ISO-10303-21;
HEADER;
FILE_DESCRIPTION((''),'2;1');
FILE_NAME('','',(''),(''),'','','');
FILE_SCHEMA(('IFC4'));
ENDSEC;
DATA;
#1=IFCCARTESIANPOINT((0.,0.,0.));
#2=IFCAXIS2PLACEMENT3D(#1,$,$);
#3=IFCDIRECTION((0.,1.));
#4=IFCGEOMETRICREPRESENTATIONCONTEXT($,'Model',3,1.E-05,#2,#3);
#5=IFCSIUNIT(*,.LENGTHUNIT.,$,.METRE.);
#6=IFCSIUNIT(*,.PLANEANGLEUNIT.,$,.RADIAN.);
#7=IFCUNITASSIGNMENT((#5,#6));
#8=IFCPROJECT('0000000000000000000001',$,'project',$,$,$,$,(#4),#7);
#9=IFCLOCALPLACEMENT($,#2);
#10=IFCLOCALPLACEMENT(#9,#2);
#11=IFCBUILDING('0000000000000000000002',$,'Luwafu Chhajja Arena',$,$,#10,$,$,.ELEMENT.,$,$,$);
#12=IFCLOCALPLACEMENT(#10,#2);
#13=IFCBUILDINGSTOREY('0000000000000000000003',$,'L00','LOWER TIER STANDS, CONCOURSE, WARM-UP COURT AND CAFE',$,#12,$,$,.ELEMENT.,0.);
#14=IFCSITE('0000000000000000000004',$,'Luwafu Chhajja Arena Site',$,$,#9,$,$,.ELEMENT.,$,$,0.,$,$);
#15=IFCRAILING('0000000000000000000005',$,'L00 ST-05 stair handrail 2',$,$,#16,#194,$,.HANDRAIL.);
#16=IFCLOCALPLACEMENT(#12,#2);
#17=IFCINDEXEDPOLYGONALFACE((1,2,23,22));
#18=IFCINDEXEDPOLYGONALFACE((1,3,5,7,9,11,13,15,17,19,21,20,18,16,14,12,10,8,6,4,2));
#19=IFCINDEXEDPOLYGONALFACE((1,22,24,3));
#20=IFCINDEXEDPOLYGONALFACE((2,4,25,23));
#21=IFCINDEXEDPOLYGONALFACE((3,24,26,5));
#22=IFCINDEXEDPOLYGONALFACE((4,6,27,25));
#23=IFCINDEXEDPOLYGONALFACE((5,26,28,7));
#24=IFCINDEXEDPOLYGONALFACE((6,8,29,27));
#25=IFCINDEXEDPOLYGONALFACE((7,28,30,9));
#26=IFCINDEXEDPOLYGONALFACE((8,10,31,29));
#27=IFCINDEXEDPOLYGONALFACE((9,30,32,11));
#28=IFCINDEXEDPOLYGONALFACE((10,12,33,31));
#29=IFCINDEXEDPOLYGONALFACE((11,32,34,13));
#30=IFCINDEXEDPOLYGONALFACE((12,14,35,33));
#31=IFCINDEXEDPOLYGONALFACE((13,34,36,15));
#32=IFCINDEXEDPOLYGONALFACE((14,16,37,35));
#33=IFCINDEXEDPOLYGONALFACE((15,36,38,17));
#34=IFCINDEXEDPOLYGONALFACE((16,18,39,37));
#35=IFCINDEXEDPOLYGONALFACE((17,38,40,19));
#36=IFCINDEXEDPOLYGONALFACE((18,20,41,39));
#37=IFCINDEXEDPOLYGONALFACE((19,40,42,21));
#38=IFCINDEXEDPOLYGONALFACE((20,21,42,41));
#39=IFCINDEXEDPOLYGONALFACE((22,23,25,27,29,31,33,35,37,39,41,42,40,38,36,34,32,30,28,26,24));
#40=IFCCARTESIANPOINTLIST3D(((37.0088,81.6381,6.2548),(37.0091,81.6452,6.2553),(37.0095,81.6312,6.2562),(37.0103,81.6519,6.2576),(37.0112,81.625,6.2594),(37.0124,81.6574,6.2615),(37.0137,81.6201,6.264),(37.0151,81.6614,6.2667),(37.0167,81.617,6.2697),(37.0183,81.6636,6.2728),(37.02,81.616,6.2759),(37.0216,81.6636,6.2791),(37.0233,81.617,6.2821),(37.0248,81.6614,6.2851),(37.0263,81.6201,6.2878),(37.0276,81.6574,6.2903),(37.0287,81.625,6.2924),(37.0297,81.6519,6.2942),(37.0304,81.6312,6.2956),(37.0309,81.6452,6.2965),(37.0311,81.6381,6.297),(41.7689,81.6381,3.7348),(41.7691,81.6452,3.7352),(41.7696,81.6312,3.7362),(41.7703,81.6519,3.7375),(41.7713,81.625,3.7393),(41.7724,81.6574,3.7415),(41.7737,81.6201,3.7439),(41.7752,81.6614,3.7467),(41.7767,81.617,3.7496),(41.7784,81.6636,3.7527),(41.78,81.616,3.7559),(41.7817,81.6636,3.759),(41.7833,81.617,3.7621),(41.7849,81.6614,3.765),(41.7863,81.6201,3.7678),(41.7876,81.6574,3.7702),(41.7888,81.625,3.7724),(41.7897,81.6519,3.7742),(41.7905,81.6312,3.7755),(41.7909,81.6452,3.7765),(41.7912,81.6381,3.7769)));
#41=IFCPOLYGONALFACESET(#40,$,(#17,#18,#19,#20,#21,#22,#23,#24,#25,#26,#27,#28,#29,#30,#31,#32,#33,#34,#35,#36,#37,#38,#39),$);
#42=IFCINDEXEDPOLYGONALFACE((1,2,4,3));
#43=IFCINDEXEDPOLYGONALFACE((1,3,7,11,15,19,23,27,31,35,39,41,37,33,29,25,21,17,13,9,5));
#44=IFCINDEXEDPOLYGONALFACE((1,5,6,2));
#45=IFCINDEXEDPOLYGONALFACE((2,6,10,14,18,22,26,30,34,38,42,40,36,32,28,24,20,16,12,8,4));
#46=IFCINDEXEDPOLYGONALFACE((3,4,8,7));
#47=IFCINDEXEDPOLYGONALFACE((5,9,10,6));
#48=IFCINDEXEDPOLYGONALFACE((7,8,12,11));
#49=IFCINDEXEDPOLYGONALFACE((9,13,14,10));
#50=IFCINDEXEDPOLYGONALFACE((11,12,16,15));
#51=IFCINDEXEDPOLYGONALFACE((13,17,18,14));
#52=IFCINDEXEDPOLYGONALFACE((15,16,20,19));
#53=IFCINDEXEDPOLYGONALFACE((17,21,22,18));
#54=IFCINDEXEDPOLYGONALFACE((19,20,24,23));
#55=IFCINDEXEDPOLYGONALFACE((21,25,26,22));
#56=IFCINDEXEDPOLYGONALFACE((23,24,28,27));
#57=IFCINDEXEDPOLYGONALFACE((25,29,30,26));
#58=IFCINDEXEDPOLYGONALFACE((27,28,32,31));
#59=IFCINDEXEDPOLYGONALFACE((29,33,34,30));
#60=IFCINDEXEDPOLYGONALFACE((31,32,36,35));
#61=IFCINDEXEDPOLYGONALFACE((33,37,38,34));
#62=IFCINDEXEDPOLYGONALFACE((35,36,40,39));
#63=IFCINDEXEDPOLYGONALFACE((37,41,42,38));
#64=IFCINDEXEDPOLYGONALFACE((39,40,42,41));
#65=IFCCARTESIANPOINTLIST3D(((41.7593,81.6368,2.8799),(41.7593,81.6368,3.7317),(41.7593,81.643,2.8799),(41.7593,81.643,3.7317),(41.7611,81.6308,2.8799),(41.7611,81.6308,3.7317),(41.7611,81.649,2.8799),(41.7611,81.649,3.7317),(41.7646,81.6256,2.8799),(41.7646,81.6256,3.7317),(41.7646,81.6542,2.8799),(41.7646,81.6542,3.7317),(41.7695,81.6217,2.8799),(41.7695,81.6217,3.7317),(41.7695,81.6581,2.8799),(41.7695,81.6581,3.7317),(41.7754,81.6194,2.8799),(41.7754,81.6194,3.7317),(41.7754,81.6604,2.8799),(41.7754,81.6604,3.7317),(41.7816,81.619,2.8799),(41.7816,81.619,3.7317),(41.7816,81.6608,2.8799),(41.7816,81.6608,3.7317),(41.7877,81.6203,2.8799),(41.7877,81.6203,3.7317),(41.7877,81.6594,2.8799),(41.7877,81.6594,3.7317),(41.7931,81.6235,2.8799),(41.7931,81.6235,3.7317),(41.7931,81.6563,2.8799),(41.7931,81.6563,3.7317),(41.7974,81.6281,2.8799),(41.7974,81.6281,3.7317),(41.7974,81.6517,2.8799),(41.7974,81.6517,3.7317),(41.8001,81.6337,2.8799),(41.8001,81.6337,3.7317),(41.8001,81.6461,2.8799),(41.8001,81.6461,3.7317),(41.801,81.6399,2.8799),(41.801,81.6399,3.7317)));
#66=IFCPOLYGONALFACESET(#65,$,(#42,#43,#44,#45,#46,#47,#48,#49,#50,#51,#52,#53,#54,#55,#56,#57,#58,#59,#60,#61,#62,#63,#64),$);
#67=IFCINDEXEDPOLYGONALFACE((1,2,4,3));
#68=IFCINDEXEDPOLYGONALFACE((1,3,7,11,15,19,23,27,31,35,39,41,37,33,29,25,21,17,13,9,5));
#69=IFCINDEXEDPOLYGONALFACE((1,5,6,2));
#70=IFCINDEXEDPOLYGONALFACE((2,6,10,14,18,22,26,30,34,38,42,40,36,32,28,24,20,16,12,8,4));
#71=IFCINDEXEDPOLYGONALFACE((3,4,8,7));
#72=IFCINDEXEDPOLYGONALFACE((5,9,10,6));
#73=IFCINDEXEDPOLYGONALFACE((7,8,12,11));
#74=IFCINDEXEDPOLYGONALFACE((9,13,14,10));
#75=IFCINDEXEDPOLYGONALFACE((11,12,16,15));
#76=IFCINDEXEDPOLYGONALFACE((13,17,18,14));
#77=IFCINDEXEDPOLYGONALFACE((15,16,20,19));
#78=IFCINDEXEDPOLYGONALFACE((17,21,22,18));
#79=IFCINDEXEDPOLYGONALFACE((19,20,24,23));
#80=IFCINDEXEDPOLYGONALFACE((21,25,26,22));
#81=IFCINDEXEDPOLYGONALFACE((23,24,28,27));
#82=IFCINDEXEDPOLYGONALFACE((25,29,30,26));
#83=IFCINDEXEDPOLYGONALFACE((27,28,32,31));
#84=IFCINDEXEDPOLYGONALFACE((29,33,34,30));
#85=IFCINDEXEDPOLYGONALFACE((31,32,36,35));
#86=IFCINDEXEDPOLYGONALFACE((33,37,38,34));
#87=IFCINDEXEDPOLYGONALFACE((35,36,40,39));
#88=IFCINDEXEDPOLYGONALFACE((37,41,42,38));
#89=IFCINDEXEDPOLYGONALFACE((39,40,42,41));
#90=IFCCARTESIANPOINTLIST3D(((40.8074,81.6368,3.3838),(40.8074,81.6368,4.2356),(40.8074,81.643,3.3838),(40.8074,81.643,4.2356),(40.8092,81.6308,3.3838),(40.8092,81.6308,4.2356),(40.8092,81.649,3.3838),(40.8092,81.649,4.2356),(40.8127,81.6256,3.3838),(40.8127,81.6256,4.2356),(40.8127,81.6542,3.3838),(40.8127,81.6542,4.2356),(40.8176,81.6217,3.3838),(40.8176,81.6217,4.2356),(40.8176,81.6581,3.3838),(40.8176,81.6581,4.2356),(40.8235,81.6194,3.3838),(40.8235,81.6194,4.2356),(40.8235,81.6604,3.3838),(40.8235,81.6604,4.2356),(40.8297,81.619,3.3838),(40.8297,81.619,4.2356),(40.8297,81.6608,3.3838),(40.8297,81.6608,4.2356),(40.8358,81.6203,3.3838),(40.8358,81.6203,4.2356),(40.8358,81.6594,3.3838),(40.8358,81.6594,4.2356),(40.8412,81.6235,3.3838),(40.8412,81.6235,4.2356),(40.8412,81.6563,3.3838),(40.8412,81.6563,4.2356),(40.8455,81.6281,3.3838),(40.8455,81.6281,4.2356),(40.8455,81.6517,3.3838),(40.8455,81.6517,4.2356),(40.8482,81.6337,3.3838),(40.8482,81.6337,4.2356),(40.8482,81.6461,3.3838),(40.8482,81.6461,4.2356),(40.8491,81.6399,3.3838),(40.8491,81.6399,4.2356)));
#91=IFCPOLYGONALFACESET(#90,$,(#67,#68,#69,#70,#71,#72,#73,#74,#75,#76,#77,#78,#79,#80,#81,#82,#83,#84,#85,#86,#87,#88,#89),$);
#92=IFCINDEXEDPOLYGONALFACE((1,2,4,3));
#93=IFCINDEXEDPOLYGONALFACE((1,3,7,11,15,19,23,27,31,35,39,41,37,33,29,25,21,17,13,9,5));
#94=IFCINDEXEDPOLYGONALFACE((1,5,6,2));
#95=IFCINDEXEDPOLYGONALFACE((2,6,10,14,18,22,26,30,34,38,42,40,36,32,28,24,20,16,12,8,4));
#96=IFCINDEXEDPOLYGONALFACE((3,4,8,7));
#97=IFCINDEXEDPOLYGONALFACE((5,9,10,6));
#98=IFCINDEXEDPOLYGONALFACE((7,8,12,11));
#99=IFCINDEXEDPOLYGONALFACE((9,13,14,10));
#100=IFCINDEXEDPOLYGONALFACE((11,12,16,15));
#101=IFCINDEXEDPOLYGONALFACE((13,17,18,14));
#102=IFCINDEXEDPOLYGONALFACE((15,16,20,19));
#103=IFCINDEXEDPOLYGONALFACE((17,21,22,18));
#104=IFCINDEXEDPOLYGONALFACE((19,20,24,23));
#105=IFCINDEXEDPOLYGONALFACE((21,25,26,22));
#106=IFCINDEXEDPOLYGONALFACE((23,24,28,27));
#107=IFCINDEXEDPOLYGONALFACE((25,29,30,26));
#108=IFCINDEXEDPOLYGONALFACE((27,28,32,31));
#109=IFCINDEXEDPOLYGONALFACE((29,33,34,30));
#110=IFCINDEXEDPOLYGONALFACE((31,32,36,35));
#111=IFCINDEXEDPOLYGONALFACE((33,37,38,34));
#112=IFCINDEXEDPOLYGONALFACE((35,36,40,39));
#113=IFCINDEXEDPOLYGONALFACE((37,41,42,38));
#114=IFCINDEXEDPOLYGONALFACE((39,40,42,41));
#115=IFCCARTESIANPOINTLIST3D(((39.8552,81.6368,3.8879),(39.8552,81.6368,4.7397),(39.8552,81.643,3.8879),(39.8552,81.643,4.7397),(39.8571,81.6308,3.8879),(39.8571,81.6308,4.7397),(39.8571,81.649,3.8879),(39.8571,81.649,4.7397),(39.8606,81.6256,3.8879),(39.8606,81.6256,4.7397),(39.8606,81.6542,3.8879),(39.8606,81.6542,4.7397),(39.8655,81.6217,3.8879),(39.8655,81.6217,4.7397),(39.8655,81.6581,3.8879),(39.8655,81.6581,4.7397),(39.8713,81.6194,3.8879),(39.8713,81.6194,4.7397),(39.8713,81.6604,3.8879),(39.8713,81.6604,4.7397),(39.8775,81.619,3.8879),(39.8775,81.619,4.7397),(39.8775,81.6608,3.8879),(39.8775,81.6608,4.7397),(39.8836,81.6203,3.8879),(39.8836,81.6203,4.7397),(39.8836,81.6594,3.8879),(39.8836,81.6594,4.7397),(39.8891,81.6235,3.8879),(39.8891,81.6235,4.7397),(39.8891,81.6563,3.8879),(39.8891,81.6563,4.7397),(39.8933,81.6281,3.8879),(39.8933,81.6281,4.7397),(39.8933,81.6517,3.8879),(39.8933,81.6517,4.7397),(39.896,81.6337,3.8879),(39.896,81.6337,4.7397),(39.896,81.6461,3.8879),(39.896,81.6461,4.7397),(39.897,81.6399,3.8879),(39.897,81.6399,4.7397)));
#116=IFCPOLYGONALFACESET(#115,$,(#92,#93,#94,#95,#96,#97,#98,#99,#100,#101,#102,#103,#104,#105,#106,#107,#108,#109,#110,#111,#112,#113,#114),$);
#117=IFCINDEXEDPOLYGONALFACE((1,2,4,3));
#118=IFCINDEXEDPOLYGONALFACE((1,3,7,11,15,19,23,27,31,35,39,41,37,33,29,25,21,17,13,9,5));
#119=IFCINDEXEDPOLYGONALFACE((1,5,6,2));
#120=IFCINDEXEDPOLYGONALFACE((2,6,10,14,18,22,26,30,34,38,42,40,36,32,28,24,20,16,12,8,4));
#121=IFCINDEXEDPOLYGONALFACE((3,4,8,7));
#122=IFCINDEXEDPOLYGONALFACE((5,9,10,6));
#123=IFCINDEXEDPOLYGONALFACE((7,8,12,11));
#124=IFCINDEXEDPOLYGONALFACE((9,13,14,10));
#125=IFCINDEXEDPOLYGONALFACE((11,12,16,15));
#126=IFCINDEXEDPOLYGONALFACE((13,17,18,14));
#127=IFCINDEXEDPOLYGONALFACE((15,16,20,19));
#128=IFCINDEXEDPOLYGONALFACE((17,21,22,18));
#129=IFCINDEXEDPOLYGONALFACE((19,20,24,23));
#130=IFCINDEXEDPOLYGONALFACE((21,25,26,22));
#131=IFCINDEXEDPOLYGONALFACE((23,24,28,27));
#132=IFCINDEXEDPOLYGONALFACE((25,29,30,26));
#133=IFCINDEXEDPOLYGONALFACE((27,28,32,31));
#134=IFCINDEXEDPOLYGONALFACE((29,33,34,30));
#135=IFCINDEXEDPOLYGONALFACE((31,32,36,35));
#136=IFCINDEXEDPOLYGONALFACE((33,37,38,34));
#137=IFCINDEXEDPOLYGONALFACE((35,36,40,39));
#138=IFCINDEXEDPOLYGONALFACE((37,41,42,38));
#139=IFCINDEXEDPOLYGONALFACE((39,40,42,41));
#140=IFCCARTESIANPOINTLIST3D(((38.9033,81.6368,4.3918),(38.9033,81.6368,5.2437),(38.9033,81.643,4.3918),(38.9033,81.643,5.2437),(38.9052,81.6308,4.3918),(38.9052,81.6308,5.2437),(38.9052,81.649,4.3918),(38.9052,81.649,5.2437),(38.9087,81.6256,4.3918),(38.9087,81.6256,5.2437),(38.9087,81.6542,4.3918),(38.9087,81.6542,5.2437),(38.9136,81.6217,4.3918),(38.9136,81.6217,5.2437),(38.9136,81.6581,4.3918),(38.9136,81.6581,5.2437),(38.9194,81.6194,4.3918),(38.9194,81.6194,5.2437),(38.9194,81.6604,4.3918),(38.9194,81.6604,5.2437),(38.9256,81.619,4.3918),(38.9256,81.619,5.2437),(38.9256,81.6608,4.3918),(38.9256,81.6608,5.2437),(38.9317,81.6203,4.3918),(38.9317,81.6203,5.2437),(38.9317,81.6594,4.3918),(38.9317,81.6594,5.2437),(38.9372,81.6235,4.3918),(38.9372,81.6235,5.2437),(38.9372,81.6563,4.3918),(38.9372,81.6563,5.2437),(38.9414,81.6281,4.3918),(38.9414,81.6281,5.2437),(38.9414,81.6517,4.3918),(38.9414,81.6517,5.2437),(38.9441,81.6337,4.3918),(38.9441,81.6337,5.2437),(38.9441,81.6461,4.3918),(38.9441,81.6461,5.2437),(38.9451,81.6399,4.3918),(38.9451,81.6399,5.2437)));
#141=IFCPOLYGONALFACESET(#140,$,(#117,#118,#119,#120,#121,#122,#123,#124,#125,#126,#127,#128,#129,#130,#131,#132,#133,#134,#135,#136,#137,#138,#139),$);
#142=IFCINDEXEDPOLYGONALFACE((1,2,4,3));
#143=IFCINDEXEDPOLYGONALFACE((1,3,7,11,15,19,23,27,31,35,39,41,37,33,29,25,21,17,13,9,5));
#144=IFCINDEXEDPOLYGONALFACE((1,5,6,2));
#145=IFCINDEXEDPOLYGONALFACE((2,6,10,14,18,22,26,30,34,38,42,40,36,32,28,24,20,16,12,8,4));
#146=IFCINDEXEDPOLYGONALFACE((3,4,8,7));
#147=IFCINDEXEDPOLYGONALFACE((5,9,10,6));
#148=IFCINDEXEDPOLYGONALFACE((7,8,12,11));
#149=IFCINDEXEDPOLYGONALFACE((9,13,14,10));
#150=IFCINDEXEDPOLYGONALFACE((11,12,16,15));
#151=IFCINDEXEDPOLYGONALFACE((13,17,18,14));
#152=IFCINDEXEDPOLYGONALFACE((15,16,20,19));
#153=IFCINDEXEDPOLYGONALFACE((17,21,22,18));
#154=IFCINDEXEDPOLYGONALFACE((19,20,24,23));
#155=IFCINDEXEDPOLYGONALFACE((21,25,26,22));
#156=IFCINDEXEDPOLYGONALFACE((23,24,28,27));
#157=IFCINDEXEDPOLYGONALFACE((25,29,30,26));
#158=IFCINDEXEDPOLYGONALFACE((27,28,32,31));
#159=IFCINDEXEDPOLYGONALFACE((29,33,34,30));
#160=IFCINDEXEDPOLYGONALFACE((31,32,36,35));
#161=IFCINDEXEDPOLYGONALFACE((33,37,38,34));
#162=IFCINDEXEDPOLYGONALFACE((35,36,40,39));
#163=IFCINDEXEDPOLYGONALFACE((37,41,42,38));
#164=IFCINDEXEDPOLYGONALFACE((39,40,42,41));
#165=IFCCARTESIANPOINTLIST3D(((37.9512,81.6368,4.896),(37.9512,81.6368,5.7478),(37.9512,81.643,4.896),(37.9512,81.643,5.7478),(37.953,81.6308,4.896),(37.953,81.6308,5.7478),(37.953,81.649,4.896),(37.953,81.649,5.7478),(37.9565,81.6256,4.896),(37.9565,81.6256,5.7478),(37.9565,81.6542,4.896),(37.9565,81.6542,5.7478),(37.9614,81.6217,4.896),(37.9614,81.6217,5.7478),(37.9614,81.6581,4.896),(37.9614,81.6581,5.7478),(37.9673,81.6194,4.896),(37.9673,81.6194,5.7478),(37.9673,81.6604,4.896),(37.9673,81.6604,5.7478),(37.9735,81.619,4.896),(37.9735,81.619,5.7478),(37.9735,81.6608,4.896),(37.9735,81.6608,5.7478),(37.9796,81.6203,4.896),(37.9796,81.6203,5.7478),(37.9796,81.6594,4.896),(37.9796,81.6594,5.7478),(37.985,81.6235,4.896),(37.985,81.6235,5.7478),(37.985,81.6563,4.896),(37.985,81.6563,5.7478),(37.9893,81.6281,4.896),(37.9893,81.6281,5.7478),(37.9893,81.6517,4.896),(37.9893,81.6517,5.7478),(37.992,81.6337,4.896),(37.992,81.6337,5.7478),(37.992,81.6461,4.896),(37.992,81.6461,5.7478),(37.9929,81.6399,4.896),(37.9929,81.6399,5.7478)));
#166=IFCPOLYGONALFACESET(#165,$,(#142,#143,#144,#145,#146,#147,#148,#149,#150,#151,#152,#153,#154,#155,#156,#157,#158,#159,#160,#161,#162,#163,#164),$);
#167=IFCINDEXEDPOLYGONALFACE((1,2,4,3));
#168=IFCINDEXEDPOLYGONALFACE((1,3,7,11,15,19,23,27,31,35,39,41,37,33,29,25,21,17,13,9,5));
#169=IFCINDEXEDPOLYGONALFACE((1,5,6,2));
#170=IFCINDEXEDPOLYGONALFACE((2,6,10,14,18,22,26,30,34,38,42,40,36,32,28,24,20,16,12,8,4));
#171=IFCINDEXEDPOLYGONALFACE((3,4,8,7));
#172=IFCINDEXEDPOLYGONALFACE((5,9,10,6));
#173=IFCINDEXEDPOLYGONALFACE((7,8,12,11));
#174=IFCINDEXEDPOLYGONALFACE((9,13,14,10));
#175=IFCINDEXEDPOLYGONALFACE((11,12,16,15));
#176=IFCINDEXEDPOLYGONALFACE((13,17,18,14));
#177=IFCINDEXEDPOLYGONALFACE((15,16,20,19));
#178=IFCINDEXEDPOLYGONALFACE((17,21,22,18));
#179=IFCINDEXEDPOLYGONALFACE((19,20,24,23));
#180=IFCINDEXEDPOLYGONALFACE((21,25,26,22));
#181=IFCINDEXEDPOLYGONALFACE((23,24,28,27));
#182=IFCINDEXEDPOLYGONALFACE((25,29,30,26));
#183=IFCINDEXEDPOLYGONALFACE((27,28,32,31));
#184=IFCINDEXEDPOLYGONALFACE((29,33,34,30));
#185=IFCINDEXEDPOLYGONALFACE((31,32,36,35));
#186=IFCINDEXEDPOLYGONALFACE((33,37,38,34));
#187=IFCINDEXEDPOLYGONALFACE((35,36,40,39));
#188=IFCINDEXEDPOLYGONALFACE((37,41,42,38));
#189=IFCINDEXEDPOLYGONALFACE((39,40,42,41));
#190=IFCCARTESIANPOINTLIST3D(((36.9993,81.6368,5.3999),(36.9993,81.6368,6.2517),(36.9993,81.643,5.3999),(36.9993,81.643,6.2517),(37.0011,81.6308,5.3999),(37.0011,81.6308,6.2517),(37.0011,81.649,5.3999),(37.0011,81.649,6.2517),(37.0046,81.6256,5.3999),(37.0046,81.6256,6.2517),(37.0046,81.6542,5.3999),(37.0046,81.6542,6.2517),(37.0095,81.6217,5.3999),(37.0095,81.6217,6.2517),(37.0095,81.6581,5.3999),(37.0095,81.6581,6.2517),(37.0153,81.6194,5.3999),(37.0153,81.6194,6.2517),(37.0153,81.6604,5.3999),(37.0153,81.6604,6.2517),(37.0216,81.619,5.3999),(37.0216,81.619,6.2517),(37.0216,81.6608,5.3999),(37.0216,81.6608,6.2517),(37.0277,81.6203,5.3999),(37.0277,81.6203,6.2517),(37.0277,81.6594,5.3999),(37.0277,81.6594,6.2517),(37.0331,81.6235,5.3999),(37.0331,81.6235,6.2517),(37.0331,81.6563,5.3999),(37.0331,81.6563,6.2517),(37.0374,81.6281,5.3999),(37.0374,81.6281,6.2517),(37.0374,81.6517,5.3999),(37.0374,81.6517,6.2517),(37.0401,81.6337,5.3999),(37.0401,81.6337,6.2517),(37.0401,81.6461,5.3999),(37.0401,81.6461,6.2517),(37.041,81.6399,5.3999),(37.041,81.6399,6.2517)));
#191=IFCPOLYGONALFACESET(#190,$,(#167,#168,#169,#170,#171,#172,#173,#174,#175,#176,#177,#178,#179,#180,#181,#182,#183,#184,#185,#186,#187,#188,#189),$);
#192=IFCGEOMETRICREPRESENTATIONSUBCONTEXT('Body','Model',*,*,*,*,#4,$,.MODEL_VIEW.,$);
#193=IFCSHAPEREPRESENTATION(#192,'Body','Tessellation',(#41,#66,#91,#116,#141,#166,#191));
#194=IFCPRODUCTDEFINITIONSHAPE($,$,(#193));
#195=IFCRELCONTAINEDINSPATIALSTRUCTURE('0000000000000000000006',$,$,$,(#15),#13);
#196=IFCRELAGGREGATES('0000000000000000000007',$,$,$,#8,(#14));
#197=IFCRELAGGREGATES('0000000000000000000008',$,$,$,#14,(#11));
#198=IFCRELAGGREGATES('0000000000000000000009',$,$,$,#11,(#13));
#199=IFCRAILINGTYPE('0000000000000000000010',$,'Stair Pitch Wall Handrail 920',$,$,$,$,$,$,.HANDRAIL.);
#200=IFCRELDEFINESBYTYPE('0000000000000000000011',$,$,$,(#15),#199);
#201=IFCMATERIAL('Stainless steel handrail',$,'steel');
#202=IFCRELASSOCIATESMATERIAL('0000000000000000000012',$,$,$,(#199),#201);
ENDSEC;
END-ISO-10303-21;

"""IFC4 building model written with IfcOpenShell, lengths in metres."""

from ifc_helpers import new_model, si_unit, direction, frame, origin, origin_2d, place, context, subcontext, project, spatial, circle, extrude, material, type_object, element, save


model = new_model("IFC4")

# Units and contexts
model_context = context("Model", 3, precision=1e-05, world=origin(), true_north=direction((0.0, 1.0)))
body_context = subcontext(model_context, "Body", "Model", "MODEL_VIEW")
ifc_project = project(units=[si_unit("LENGTHUNIT", "METRE"), si_unit("PLANEANGLEUNIT", "RADIAN")], contexts=[model_context])

# Site, building, storey
site_placement = place(None, origin())
site = spatial("IfcSite", under=ifc_project, at=site_placement, Name="Luwafu Chhajja Arena Site", CompositionType="ELEMENT", RefElevation=0.0)
building_placement = place(site_placement, origin())
building = spatial("IfcBuilding", under=site, at=building_placement, Name="Luwafu Chhajja Arena", CompositionType="ELEMENT")
storey_placement = place(building_placement, origin())
storey = spatial("IfcBuildingStorey", under=building, at=storey_placement, Name="L00", Description="LOWER TIER STANDS, CONCOURSE, WARM-UP COURT AND CAFE", CompositionType="ELEMENT", Elevation=0.0)

# Railing
ifc_material_1 = material(Name="Stainless steel handrail", Category="steel")
railing_type_1 = type_object("IfcRailingType", Name="Stair Pitch Wall Handrail 920", PredefinedType="HANDRAIL", material=ifc_material_1)
railing_1_placement = place(storey_placement, frame((41.78, 81.6399, 2.8799)))
element("IfcRailing", 1, at=railing_1_placement, inside=storey, type_object=railing_type_1, Name="L00 ST-05 stair handrail 2", PredefinedType="HANDRAIL", context=body_context, shape_type="SweptSolid", body=[
    extrude(circle(Radius=0.0239, at=origin_2d()), frame((0.0, 0.0, 0.876), z_axis=(-0.883787, 0.0, 0.46789), x_axis=(0.0, -1.0, 0.0)), (0.0, 0.0, 1.0), 5.386),
    extrude(circle(Radius=0.021, at=origin_2d()), origin(), (0.0, 0.0, 1.0), 0.8518),
    extrude(circle(Radius=0.021, at=origin_2d()), frame((-0.9519, 0.0, 0.5039)), (0.0, 0.0, 1.0), 0.8518),
    extrude(circle(Radius=0.021, at=origin_2d()), frame((-1.9041, 0.0, 1.0081)), (0.0, 0.0, 1.0), 0.8518),
    extrude(circle(Radius=0.021, at=origin_2d()), frame((-2.856, 0.0, 1.512)), (0.0, 0.0, 1.0), 0.8518),
    extrude(circle(Radius=0.021, at=origin_2d()), frame((-3.8081, 0.0, 2.0161)), (0.0, 0.0, 1.0), 0.8518),
    extrude(circle(Radius=0.021, at=origin_2d()), frame((-4.76, 0.0, 2.52)), (0.0, 0.0, 1.0), 0.8518),
])

save(model, "model.ifc")
